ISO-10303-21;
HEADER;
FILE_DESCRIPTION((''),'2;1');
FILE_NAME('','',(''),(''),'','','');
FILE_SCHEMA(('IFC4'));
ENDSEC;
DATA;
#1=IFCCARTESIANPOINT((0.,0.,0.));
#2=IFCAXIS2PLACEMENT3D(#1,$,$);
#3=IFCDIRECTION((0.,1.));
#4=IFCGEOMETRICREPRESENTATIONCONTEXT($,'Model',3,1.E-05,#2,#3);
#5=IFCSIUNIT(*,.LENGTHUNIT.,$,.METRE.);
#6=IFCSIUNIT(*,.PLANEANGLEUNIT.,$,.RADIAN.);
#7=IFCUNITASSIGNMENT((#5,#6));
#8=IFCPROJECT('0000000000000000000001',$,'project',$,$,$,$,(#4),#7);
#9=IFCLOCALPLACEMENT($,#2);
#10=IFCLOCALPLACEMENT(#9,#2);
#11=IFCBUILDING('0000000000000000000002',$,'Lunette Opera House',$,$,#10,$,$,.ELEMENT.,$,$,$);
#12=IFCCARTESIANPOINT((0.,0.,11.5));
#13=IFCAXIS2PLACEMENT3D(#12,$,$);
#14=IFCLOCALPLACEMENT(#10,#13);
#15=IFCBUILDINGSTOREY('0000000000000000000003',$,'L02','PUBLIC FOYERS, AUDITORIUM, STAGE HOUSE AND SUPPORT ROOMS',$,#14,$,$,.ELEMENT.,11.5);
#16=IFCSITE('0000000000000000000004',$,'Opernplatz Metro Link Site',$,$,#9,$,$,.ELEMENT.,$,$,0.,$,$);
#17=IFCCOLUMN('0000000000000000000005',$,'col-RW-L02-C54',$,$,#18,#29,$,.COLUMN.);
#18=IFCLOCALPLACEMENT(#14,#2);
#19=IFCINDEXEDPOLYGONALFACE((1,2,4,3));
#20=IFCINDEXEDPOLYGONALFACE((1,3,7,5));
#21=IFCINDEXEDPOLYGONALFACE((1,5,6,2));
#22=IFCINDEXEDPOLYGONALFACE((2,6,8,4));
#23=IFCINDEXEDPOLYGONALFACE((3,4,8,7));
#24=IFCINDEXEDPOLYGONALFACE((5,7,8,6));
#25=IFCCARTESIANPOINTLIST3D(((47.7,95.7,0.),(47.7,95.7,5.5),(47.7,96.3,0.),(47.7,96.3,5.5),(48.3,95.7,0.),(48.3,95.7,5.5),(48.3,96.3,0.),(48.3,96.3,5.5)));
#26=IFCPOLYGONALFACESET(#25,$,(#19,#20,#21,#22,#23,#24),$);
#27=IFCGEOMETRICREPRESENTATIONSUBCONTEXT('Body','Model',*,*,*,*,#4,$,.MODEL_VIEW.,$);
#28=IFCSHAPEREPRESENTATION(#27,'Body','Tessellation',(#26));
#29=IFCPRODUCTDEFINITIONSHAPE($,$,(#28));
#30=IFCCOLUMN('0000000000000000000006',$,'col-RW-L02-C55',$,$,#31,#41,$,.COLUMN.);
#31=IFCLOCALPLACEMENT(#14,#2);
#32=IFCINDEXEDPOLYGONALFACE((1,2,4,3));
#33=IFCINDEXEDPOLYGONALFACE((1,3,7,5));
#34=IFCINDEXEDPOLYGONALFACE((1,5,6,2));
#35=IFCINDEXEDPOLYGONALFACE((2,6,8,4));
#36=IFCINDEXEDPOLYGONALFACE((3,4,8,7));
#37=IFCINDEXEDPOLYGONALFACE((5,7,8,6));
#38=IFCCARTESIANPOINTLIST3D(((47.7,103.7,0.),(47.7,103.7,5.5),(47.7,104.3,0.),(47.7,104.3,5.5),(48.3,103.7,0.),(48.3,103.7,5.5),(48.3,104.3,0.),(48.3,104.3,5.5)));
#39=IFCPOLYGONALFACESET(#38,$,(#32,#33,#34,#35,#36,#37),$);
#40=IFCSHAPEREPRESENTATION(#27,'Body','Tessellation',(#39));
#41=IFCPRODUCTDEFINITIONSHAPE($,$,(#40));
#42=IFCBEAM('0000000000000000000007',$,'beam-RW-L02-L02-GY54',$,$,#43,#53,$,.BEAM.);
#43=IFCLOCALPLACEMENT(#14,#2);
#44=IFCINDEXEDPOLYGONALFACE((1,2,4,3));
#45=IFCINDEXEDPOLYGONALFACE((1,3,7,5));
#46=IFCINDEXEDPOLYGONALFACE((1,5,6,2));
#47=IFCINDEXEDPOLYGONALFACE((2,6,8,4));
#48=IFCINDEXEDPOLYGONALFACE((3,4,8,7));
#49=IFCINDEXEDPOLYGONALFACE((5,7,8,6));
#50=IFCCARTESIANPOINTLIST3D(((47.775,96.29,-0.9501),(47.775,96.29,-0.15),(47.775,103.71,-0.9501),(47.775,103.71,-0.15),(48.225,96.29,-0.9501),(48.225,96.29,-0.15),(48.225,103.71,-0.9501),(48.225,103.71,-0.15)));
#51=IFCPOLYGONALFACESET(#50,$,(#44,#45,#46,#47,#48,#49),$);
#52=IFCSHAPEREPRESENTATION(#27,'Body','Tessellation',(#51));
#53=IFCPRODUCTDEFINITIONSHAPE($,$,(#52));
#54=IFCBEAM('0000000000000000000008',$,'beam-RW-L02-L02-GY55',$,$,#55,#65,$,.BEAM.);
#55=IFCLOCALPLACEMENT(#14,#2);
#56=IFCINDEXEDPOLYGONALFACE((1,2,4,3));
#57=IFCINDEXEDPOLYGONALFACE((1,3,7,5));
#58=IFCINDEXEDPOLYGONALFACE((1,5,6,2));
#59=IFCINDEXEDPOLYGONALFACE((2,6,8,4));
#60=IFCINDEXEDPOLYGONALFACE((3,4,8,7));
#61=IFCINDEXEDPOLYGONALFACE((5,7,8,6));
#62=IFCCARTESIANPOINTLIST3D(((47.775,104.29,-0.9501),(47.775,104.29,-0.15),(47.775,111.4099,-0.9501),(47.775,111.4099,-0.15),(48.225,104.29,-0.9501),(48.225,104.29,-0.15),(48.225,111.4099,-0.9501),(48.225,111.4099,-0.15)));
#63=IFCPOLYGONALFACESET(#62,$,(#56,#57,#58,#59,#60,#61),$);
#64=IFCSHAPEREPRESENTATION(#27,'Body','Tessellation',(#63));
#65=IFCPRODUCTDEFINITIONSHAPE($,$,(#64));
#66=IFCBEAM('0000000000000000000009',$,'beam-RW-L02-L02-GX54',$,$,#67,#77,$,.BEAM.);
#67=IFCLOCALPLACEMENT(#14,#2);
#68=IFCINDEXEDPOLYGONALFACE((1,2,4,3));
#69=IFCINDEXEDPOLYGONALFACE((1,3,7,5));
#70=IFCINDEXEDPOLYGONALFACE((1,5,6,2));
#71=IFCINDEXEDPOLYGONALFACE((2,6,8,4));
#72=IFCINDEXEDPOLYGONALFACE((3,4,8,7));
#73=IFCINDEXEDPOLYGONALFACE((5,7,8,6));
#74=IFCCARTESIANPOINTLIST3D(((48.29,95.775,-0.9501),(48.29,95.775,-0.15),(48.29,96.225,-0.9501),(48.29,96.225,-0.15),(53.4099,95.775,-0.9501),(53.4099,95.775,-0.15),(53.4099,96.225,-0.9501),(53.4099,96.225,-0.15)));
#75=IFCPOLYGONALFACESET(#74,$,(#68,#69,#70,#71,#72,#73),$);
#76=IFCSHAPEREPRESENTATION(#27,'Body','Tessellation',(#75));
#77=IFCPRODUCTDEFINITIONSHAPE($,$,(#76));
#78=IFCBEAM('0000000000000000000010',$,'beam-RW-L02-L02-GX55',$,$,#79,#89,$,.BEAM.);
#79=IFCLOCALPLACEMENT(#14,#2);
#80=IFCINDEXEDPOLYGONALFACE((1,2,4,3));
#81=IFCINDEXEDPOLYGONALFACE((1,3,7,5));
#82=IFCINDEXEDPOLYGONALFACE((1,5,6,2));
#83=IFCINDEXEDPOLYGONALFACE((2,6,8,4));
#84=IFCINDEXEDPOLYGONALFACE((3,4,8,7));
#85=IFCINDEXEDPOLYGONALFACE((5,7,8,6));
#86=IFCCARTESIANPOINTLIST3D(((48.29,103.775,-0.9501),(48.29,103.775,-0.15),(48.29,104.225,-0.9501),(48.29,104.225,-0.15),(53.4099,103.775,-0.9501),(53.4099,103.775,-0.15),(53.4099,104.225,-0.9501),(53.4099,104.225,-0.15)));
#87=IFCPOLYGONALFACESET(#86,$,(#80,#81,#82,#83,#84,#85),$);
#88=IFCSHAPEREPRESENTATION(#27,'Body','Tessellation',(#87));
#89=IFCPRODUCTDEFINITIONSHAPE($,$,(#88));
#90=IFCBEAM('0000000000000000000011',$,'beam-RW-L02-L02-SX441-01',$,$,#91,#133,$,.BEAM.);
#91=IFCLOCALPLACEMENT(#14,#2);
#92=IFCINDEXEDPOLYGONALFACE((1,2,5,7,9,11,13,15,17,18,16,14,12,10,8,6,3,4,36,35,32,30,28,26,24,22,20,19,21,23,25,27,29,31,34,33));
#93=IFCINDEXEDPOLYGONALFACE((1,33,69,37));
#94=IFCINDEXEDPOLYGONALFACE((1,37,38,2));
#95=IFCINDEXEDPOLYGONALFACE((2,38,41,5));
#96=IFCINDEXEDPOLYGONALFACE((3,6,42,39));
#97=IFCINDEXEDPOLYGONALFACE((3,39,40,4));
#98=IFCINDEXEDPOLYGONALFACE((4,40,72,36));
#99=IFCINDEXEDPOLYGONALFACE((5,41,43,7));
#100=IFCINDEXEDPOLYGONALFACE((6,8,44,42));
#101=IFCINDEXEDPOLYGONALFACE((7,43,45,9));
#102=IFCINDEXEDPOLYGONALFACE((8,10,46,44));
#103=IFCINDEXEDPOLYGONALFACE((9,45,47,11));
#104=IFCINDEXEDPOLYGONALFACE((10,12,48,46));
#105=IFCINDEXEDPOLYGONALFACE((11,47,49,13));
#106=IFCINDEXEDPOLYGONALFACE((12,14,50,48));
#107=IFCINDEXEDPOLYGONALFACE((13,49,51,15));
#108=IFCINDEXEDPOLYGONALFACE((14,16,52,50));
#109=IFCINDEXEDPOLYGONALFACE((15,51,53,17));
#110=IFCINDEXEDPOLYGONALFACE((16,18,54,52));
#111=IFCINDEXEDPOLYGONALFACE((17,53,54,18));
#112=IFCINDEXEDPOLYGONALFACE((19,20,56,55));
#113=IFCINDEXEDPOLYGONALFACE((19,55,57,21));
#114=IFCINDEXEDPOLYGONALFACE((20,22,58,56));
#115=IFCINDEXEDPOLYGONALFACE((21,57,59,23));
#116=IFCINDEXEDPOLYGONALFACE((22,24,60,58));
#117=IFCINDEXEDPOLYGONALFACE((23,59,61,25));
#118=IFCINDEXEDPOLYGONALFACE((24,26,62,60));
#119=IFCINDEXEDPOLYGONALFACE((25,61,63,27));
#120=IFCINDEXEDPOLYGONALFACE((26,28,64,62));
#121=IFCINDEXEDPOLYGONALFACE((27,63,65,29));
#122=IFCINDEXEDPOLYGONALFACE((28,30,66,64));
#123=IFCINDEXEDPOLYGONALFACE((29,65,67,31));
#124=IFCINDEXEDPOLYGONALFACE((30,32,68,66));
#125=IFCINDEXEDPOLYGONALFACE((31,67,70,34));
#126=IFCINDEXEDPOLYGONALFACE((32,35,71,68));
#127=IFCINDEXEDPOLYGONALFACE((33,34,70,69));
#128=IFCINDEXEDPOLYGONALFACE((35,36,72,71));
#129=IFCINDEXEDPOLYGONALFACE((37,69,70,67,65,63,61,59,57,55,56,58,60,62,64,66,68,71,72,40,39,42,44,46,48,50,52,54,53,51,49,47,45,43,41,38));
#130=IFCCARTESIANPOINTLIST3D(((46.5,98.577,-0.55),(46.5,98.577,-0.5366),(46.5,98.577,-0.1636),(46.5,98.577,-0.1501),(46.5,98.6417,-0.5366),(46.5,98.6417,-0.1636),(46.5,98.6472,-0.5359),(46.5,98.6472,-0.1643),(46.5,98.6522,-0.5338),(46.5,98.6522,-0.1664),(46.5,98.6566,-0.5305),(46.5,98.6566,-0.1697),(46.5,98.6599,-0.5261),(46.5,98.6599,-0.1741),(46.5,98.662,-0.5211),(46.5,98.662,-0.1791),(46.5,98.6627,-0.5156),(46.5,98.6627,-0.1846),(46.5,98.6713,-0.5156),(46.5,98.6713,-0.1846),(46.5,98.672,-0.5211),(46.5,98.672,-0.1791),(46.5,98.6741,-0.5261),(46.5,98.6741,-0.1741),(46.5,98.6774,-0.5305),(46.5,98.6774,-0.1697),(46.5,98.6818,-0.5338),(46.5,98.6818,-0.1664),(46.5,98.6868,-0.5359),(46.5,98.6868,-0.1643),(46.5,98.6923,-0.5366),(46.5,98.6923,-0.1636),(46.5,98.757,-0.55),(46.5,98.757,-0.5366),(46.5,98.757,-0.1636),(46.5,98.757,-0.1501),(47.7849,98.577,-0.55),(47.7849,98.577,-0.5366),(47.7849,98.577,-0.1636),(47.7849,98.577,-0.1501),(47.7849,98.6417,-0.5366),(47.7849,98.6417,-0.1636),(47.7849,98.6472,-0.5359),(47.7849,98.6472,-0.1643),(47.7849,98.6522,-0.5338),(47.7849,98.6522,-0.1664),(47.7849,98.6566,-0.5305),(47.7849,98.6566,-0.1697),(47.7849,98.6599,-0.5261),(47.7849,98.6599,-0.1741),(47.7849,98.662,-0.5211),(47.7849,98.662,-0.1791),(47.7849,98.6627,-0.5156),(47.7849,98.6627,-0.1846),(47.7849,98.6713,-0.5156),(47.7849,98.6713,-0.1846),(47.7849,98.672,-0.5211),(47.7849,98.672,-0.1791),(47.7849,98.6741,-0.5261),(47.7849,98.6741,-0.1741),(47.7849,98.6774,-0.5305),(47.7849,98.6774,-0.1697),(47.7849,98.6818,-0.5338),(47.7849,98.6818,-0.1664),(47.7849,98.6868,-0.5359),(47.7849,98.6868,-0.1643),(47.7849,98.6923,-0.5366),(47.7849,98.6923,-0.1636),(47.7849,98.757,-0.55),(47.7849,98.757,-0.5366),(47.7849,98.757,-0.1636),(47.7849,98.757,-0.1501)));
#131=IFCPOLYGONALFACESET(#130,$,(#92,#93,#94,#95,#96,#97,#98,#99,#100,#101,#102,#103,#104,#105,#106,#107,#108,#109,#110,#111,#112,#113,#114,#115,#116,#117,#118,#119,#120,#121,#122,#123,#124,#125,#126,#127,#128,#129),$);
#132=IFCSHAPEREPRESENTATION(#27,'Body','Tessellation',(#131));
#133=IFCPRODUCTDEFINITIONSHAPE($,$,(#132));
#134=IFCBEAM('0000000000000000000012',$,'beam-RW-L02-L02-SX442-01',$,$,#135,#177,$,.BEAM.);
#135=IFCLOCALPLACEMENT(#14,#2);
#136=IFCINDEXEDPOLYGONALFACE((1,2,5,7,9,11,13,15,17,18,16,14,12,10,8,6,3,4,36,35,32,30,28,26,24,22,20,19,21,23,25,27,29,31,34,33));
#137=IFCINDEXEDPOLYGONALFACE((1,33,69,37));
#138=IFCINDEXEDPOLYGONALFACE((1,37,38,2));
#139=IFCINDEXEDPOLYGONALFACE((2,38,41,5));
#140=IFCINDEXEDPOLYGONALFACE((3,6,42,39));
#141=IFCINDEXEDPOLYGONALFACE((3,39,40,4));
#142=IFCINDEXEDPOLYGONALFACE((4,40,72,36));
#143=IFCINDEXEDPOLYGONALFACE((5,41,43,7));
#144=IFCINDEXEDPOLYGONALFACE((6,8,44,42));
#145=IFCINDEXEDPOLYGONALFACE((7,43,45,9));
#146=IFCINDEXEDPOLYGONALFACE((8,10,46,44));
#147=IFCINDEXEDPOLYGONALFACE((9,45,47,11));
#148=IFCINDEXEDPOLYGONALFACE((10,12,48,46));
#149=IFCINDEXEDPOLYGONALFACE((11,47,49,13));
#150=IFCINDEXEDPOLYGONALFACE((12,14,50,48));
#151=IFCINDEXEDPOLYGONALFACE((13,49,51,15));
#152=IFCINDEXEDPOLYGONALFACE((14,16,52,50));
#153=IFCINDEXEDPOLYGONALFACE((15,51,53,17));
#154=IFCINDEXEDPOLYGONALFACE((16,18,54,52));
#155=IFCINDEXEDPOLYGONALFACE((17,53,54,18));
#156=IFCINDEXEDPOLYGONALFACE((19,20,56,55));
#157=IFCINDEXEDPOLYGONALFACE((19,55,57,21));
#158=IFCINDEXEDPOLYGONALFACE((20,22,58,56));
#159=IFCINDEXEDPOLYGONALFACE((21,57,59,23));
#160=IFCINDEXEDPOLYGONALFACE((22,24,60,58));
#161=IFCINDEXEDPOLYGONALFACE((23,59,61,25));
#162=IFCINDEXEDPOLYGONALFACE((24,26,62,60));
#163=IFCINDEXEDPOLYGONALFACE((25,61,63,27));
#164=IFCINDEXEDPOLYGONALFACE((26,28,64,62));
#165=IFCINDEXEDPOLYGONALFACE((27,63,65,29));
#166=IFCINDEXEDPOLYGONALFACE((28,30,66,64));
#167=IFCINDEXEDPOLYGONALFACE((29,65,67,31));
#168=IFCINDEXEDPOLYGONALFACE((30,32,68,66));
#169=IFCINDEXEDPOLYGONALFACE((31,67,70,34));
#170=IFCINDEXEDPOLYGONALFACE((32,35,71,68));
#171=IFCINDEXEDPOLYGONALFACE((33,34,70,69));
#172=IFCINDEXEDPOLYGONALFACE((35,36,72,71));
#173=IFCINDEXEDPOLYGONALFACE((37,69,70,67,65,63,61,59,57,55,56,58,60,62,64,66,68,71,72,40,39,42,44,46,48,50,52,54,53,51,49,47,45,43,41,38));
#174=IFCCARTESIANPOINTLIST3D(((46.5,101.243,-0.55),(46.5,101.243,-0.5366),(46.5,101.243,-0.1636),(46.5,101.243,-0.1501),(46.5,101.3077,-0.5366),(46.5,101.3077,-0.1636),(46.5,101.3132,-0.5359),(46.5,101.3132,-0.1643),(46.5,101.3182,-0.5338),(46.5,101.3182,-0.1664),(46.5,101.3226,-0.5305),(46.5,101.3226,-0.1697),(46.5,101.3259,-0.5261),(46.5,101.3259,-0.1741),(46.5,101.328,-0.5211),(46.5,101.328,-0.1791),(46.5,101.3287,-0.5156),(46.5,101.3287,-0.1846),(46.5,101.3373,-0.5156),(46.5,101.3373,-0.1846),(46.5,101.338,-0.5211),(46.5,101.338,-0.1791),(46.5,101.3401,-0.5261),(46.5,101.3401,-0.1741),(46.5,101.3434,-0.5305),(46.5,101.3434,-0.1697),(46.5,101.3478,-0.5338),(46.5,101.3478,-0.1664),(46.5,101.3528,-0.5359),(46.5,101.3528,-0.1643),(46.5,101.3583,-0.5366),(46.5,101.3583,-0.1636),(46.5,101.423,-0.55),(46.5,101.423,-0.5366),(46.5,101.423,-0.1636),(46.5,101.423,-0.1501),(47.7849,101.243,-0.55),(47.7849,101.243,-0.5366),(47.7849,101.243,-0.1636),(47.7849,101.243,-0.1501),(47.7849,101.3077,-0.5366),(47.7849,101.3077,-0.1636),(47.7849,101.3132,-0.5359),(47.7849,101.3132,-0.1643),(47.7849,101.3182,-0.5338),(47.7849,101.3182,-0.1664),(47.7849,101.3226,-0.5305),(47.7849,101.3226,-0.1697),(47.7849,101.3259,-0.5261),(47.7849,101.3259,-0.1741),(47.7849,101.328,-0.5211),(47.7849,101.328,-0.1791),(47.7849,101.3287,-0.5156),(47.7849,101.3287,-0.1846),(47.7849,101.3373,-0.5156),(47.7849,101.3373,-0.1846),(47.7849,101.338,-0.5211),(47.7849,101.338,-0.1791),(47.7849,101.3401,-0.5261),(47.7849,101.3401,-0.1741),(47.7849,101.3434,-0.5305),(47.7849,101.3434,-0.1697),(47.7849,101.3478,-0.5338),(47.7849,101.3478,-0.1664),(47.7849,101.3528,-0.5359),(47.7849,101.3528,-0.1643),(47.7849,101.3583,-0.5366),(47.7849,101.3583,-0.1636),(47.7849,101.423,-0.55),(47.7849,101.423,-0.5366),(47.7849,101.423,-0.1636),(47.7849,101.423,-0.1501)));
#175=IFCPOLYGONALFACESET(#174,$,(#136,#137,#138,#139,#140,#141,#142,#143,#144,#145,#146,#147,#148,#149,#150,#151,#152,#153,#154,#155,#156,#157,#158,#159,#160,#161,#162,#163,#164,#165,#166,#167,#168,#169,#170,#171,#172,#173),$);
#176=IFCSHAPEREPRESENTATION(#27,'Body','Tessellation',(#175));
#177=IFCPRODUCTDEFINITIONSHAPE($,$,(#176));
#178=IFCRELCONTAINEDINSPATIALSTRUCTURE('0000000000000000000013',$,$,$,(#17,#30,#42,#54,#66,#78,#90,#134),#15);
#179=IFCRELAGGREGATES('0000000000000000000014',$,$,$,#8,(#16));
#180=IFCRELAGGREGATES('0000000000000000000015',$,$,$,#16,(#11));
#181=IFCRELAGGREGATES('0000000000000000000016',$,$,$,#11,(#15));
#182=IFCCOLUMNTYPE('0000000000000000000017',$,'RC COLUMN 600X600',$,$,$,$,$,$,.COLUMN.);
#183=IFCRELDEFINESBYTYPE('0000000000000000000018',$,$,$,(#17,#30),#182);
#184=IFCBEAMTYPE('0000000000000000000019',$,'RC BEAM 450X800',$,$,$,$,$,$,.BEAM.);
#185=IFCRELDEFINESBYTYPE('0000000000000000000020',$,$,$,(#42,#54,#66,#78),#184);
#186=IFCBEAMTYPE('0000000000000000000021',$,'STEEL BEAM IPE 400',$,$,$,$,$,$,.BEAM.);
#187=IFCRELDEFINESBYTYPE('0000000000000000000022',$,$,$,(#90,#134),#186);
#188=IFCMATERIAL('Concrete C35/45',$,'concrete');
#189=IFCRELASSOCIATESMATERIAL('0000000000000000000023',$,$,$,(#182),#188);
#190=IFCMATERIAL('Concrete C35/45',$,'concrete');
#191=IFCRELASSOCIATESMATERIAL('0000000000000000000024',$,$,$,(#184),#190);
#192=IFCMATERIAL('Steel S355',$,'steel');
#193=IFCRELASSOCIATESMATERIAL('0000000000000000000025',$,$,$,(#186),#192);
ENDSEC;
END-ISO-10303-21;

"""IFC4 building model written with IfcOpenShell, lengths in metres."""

from ifc_helpers import new_model, si_unit, direction, frame, origin, origin_2d, place, context, subcontext, project, spatial, rectangle, i_section, extrude, material, material_profile, profile_set, type_object, element, save


model = new_model("IFC4")

# Units and contexts
model_context = context("Model", 3, precision=1e-05, world=origin(), true_north=direction((0.0, 1.0)))
body_context = subcontext(model_context, "Body", "Model", "MODEL_VIEW")
ifc_project = project(units=[si_unit("LENGTHUNIT", "METRE"), si_unit("PLANEANGLEUNIT", "RADIAN")], contexts=[model_context])

# Site, building, storey
site_placement = place(None, origin())
site = spatial("IfcSite", under=ifc_project, at=site_placement, Name="Opernplatz Metro Link Site", CompositionType="ELEMENT", RefElevation=0.0)
building_placement = place(site_placement, origin())
building = spatial("IfcBuilding", under=site, at=building_placement, Name="Lunette Opera House", CompositionType="ELEMENT")
storey_placement = place(building_placement, frame((0.0, 0.0, 11.5)))
storey = spatial("IfcBuildingStorey", under=building, at=storey_placement, Name="L02", Description="PUBLIC FOYERS, AUDITORIUM, STAGE HOUSE AND SUPPORT ROOMS", CompositionType="ELEMENT", Elevation=11.5)

# Columns
ifc_material_1 = material(Name="Concrete C35/45", Category="concrete")
ifc_material_profile_1 = material_profile(ifc_material_1, rectangle(XDim=0.6001, YDim=0.6001, at=origin_2d()), Name="RC COLUMN 600X600")
ifc_profile_set_1 = profile_set([ifc_material_profile_1], Name="Concrete C35/45")
column_type = type_object("IfcColumnType", Name="RC COLUMN 600X600", PredefinedType="COLUMN", material=ifc_profile_set_1)
for number, where, z_axis, x_axis, name in (
    (1, (48.0, 96.0, 0.0), (0.0, 0.0, 1.0), (1.0, 0.0, 0.0), "col-RW-L02-C54"),
    (2, (48.0, 104.0, 0.0), (0.0, 0.0, 1.0), (1.0, 0.0, 0.0), "col-RW-L02-C55"),
):
    element("IfcColumn", number, at=place(storey_placement, frame(where, z_axis=z_axis, x_axis=x_axis)), inside=storey, type_object=column_type, Name=name, PredefinedType="COLUMN", context=body_context, shape_type="SweptSolid", body=[
        extrude(rectangle(XDim=0.6001, YDim=0.6001, at=origin_2d()), origin(), (0.0, 0.0, 1.0), 5.5),
    ])

# Beams
ifc_material_2 = material(Name="Concrete C35/45", Category="concrete")
ifc_material_profile_2 = material_profile(ifc_material_2, rectangle(XDim=0.45, YDim=0.8, at=origin_2d()), Name="RC BEAM 450X800")
ifc_profile_set_2 = profile_set([ifc_material_profile_2], Name="Concrete C35/45")
beam_type_1 = type_object("IfcBeamType", Name="RC BEAM 450X800", PredefinedType="BEAM", material=ifc_profile_set_2)
beam_1_placement = place(storey_placement, frame((48.0, 96.29, -0.55), z_axis=(0.0, 1.0, 0.0), x_axis=(-1.0, 0.0, 0.0)))
element("IfcBeam", 3, at=beam_1_placement, inside=storey, type_object=beam_type_1, Name="beam-RW-L02-L02-GY54", PredefinedType="BEAM", context=body_context, shape_type="SweptSolid", body=[
    extrude(rectangle(XDim=0.45, YDim=0.8, at=origin_2d()), origin(), (0.0, 0.0, 1.0), 7.4199),
])
beam_2_placement = place(storey_placement, frame((48.0, 104.29, -0.55), z_axis=(0.0, 1.0, 0.0), x_axis=(-1.0, 0.0, 0.0)))
element("IfcBeam", 4, at=beam_2_placement, inside=storey, type_object=beam_type_1, Name="beam-RW-L02-L02-GY55", PredefinedType="BEAM", context=body_context, shape_type="SweptSolid", body=[
    extrude(rectangle(XDim=0.45, YDim=0.8, at=origin_2d()), origin(), (0.0, 0.0, 1.0), 7.1199),
])
for number, where, z_axis, x_axis, name in (
    (5, (48.29, 96.0, -0.55), (1.0, 0.0, 0.0), (0.0, 1.0, 0.0), "beam-RW-L02-L02-GX54"),
    (6, (48.29, 104.0, -0.55), (1.0, 0.0, 0.0), (0.0, 1.0, 0.0), "beam-RW-L02-L02-GX55"),
):
    element("IfcBeam", number, at=place(storey_placement, frame(where, z_axis=z_axis, x_axis=x_axis)), inside=storey, type_object=beam_type_1, Name=name, PredefinedType="BEAM", context=body_context, shape_type="SweptSolid", body=[
        extrude(rectangle(XDim=0.45, YDim=0.8, at=origin_2d()), origin(), (0.0, 0.0, 1.0), 5.1199),
    ])
ifc_material_3 = material(Name="Steel S355", Category="steel")
ifc_material_profile_3 = material_profile(ifc_material_3, i_section(OverallWidth=0.1799, OverallDepth=0.3999, WebThickness=0.0085, FlangeThickness=0.0134, FilletRadius=0.021, at=origin_2d()), Name="IPE 400")
ifc_profile_set_3 = profile_set([ifc_material_profile_3], Name="Steel S355")
beam_type_2 = type_object("IfcBeamType", Name="STEEL BEAM IPE 400", PredefinedType="BEAM", material=ifc_profile_set_3)
for number, where, z_axis, x_axis, name in (
    (7, (46.5, 98.667, -0.3501), (1.0, 0.0, 0.0), (0.0, 1.0, 0.0), "beam-RW-L02-L02-SX441-01"),
    (8, (46.5, 101.333, -0.3501), (1.0, 0.0, 0.0), (0.0, 1.0, 0.0), "beam-RW-L02-L02-SX442-01"),
):
    element("IfcBeam", number, at=place(storey_placement, frame(where, z_axis=z_axis, x_axis=x_axis)), inside=storey, type_object=beam_type_2, Name=name, PredefinedType="BEAM", context=body_context, shape_type="SweptSolid", body=[
        extrude(i_section(OverallWidth=0.1799, OverallDepth=0.3999, WebThickness=0.0085, FlangeThickness=0.0134, FilletRadius=0.021, at=origin_2d()), origin(), (0.0, 0.0, 1.0), 1.2849),
    ])

save(model, "model.ifc")
